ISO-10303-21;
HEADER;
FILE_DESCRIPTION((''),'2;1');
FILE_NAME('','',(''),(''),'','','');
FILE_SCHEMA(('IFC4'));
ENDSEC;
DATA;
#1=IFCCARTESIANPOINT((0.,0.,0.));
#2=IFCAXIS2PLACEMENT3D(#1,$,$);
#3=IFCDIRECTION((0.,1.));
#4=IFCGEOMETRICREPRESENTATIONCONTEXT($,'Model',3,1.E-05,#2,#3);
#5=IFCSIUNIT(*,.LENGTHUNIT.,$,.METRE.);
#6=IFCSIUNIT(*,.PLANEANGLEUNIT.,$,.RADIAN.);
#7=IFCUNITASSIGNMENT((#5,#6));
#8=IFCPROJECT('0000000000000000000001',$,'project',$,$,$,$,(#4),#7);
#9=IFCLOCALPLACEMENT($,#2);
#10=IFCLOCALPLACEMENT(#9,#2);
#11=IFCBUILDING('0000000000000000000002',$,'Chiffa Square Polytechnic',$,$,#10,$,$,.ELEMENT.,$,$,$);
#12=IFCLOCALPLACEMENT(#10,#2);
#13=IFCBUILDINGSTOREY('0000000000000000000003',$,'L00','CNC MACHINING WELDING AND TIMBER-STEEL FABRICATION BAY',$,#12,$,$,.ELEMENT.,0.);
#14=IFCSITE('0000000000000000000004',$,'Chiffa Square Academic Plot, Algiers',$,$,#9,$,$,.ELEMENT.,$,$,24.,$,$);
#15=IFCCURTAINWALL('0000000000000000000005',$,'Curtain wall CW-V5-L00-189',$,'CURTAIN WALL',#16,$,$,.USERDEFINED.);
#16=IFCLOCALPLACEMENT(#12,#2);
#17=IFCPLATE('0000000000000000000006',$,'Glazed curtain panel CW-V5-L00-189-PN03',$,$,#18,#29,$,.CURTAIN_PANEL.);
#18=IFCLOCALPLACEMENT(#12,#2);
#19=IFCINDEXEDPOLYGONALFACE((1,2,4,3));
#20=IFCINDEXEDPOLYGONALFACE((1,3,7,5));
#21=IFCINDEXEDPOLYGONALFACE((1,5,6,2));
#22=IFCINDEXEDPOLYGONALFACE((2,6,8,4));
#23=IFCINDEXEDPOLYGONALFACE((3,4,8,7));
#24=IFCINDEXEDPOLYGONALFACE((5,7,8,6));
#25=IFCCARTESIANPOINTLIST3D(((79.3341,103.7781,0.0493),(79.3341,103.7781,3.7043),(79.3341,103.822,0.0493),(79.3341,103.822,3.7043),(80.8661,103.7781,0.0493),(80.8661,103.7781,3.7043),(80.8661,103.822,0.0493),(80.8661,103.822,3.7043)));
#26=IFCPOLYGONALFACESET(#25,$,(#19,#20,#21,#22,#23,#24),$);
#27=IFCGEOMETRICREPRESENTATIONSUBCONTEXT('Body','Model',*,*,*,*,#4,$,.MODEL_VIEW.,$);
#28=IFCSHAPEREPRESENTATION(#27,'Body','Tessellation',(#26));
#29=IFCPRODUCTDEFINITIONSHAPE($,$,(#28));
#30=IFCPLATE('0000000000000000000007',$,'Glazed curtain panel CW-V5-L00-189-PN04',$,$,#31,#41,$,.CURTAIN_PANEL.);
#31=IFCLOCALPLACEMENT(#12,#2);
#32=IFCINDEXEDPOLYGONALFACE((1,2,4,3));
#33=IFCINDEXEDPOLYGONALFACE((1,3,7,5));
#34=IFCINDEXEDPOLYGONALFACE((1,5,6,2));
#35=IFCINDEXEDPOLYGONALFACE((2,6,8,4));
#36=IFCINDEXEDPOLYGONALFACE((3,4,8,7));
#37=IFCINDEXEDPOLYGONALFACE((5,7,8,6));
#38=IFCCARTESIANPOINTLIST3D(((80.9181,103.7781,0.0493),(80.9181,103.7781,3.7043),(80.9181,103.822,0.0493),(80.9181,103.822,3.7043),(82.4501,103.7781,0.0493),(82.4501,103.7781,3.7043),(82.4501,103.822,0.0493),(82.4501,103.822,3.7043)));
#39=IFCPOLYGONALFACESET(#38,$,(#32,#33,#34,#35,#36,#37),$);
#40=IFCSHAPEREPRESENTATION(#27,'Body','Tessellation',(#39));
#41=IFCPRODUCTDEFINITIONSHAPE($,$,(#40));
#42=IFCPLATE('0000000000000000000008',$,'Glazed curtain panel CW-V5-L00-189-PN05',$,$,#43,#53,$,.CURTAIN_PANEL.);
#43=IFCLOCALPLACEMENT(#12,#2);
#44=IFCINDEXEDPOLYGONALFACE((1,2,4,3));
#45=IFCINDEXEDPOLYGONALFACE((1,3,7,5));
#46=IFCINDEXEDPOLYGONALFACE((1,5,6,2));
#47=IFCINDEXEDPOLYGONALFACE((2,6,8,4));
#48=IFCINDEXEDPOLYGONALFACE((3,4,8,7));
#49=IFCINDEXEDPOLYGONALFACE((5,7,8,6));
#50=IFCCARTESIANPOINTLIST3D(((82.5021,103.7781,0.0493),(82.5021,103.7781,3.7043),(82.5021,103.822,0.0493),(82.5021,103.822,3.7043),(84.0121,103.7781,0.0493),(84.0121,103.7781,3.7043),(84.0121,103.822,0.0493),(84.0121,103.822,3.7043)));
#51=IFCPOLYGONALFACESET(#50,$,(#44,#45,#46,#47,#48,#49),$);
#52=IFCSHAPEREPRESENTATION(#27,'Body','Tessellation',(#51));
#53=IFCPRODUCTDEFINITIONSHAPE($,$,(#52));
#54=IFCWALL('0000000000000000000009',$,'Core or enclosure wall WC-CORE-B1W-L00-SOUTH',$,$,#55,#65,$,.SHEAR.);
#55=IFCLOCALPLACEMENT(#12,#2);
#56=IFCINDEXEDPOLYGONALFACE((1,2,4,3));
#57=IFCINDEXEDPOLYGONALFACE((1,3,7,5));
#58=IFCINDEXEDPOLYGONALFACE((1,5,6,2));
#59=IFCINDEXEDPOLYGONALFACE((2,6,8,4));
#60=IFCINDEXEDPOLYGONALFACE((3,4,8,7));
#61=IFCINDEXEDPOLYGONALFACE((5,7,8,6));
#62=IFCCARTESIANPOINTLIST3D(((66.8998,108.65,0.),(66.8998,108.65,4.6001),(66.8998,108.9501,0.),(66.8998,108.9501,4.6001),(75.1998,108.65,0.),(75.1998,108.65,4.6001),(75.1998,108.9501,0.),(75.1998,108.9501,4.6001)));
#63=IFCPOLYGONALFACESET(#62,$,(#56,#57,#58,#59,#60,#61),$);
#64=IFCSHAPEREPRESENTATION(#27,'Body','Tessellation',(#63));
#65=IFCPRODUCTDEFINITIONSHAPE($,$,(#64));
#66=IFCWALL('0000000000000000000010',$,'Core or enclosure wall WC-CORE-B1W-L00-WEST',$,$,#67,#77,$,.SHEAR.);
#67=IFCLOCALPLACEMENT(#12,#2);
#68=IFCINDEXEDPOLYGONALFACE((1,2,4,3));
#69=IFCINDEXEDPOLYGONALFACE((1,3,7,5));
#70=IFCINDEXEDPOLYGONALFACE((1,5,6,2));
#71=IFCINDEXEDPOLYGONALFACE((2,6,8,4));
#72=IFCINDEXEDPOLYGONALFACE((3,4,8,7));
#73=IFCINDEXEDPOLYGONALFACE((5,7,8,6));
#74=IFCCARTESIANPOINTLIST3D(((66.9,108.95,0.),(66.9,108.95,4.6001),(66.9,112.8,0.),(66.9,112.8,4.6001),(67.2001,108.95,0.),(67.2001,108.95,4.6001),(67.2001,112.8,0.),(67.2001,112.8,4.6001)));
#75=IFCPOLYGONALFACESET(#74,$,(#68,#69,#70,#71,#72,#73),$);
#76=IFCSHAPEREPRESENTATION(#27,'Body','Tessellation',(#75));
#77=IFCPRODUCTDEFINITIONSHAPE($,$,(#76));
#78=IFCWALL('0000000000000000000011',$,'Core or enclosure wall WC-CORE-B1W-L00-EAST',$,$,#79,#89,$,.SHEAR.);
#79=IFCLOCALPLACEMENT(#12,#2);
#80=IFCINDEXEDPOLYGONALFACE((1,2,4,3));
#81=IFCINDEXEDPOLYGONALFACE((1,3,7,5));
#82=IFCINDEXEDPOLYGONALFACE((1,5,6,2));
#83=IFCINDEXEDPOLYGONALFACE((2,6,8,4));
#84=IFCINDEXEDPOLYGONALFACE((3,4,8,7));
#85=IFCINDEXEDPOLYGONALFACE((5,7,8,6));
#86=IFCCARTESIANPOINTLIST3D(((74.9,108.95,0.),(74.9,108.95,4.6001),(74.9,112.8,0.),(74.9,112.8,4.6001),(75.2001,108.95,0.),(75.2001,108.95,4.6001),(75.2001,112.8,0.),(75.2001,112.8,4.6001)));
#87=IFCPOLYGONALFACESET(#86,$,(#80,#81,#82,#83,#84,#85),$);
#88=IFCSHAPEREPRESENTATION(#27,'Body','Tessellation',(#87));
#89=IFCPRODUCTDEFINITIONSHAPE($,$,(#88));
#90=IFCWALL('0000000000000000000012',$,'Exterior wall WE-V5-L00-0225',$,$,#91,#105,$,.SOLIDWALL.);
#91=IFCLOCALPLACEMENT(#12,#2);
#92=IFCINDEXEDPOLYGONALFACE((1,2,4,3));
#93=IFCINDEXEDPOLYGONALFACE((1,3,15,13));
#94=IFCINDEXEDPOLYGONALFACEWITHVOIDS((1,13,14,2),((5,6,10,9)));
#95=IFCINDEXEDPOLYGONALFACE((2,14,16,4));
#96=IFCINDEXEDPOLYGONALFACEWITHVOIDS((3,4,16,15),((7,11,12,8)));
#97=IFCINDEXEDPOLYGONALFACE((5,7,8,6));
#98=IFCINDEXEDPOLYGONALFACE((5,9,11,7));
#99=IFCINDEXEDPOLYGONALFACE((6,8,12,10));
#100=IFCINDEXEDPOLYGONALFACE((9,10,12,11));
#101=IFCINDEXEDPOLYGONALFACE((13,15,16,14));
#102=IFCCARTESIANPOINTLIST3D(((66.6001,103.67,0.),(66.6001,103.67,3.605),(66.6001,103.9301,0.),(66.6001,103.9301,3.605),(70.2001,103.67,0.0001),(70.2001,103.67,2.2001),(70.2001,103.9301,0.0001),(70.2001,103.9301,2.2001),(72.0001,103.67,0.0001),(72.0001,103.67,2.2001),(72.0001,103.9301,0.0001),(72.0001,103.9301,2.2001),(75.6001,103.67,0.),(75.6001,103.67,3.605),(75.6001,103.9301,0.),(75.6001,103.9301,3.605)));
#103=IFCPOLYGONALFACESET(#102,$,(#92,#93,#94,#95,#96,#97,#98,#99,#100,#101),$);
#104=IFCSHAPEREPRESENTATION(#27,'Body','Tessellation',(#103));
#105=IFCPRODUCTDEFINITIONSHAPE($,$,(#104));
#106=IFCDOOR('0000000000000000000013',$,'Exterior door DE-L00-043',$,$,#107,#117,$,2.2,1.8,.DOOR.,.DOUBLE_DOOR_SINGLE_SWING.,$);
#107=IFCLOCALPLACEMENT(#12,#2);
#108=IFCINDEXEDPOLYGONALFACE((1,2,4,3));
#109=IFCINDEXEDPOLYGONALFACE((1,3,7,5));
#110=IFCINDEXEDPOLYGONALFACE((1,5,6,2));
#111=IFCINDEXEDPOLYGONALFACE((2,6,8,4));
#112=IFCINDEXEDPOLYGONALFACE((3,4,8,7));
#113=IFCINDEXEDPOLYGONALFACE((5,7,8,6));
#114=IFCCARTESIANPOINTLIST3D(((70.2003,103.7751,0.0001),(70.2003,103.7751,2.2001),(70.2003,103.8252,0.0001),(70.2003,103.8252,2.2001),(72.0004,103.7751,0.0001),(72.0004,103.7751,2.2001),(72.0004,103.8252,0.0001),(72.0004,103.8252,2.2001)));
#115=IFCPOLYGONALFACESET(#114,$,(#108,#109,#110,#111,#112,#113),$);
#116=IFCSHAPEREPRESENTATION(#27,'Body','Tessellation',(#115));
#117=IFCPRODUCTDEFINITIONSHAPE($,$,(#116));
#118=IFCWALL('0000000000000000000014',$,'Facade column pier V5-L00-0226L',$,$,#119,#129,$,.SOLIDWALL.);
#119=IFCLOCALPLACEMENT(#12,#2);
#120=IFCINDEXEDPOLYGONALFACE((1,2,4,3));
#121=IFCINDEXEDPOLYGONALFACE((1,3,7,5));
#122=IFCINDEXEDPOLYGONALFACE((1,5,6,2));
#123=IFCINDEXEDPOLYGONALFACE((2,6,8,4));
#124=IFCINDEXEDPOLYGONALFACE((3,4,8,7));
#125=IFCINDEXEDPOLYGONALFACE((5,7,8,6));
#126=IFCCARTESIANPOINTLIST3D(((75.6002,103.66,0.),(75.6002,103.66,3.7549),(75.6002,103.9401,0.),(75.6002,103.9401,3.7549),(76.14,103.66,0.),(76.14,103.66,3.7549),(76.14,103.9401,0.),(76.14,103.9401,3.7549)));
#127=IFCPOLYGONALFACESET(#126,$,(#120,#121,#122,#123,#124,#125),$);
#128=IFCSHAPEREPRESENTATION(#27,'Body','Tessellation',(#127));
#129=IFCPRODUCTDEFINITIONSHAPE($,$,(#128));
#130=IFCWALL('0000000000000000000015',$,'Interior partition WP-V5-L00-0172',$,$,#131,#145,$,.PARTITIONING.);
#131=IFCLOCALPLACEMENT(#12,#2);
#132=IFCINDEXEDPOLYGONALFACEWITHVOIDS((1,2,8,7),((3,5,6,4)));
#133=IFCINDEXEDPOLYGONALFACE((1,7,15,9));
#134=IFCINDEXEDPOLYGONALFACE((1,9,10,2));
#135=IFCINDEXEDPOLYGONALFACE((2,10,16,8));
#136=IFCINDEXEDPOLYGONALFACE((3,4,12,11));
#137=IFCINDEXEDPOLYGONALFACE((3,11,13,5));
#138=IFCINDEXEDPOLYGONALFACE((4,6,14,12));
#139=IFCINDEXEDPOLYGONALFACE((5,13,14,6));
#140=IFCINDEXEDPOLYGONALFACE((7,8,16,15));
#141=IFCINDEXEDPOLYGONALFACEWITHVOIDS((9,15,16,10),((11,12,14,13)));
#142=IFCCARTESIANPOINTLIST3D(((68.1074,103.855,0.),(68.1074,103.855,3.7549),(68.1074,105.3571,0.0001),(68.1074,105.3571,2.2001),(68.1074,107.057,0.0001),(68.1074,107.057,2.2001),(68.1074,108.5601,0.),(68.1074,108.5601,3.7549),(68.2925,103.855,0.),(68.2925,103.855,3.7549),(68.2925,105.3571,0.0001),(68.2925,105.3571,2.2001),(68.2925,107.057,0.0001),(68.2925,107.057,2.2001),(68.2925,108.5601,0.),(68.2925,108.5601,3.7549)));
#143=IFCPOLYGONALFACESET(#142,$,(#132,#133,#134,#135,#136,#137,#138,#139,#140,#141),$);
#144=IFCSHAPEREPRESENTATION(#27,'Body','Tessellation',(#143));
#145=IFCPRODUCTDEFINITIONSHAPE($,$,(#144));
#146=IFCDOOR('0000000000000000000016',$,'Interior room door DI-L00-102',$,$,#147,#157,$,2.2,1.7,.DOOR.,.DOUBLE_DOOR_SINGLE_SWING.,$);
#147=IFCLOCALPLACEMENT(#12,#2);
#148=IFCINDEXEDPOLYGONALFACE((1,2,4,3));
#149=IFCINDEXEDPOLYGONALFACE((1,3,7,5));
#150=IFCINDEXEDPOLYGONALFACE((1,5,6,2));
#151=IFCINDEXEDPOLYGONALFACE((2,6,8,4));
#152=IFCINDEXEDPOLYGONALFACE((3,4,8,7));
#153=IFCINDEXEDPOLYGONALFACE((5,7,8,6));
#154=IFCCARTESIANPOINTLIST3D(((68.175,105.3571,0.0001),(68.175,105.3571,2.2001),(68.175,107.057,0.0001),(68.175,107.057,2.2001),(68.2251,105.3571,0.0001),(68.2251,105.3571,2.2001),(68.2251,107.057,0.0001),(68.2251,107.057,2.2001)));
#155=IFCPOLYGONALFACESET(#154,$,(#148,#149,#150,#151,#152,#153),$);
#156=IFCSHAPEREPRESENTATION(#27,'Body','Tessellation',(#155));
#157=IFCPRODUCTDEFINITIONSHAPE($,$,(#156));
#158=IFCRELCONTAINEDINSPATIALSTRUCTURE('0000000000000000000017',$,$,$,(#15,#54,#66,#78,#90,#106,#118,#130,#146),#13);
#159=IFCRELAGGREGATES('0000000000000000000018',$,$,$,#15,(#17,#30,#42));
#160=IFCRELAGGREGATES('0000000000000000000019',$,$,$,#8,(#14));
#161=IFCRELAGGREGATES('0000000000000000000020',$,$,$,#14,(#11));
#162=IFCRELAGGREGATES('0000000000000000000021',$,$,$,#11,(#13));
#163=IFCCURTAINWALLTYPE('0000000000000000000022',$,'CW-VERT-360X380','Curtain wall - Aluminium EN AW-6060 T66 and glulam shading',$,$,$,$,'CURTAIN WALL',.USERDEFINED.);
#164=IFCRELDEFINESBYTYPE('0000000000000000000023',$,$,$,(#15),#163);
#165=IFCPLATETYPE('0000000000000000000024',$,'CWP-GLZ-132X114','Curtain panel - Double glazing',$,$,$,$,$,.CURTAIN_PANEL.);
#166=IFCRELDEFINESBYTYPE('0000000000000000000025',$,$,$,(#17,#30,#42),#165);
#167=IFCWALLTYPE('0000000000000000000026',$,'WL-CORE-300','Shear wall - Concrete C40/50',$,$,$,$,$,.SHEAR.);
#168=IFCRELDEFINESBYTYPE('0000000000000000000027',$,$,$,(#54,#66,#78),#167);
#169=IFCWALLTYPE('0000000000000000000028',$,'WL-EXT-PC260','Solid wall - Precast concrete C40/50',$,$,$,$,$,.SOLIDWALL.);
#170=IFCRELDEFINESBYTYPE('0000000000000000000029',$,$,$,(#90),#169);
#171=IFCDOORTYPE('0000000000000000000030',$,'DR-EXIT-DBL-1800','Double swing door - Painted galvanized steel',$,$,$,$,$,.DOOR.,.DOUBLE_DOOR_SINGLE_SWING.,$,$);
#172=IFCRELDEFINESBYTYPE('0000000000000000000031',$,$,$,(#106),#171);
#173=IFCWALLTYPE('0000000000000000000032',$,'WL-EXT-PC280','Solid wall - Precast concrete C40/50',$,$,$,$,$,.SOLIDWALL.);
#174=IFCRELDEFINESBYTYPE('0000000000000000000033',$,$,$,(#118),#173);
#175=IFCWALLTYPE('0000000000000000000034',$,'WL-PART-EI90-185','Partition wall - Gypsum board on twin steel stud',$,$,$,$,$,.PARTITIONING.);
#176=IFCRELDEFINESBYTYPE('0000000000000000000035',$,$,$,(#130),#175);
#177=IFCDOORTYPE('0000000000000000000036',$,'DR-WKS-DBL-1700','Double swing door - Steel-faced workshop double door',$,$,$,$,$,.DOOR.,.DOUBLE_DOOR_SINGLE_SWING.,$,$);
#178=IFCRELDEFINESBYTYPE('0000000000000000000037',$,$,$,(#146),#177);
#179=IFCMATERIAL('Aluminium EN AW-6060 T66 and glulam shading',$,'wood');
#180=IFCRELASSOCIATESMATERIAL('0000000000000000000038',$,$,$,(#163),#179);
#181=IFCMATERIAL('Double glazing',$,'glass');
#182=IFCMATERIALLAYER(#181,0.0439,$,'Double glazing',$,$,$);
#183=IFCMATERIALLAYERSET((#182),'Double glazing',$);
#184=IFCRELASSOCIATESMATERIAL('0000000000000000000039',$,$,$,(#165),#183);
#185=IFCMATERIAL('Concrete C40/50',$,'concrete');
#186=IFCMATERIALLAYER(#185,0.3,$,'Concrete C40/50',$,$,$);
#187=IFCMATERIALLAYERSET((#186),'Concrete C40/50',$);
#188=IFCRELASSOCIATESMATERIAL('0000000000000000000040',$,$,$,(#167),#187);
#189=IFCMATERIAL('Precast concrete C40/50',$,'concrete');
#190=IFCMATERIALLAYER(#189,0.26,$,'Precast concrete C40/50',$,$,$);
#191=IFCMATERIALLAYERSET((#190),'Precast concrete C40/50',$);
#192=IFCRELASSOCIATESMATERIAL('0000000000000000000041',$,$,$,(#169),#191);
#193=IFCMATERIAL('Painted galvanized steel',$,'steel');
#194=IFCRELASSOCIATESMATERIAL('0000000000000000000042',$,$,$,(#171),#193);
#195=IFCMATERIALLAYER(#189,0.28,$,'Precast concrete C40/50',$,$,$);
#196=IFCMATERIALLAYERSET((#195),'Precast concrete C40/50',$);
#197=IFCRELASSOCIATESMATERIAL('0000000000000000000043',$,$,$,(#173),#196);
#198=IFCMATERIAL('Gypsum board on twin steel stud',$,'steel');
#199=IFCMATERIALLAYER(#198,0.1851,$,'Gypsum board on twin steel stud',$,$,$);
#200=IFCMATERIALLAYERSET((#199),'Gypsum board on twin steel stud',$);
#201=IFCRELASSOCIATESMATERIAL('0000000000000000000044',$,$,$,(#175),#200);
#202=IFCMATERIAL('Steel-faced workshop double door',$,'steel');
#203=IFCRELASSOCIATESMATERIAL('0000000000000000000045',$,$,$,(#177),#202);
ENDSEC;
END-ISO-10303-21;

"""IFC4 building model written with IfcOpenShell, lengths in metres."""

from ifc_helpers import new_model, si_unit, direction, frame, frame_2d, origin, origin_2d, place, context, subcontext, project, spatial, rectangle, extrude, material, layer, layer_set, type_object, element, fill, aggregate, save


model = new_model("IFC4")

# Units and contexts
model_context = context("Model", 3, precision=1e-05, world=origin(), true_north=direction((0.0, 1.0)))
body_context = subcontext(model_context, "Body", "Model", "MODEL_VIEW")
ifc_project = project(units=[si_unit("LENGTHUNIT", "METRE"), si_unit("PLANEANGLEUNIT", "RADIAN")], contexts=[model_context])

# Site, building, storey
site_placement = place(None, origin())
site = spatial("IfcSite", under=ifc_project, at=site_placement, Name="Chiffa Square Academic Plot, Algiers", CompositionType="ELEMENT", RefElevation=24.0)
building_placement = place(site_placement, origin())
building = spatial("IfcBuilding", under=site, at=building_placement, Name="Chiffa Square Polytechnic", CompositionType="ELEMENT")
storey_placement = place(building_placement, origin())
storey = spatial("IfcBuildingStorey", under=building, at=storey_placement, Name="L00", Description="CNC MACHINING WELDING AND TIMBER-STEEL FABRICATION BAY", CompositionType="ELEMENT", Elevation=0.0)

# Shared definitions
ifc_material_1 = material(Name="Concrete C40/50", Category="concrete")

# Curtain wall
ifc_material_2 = material(Name="Aluminium EN AW-6060 T66 and glulam shading", Category="wood")
curtain_wall_type = type_object("IfcCurtainWallType", Name="CW-VERT-360X380", Description="Curtain wall - Aluminium EN AW-6060 T66 and glulam shading", ElementType="CURTAIN WALL", PredefinedType="USERDEFINED", material=ifc_material_2)
curtain_wall_placement = place(storey_placement, origin())
curtain_wall = element("IfcCurtainWall", 1, at=curtain_wall_placement, inside=storey, type_object=curtain_wall_type, Name="Curtain wall CW-V5-L00-189", ObjectType="CURTAIN WALL", PredefinedType="USERDEFINED")

# Plates
ifc_material_3 = material(Name="Double glazing", Category="glass")
ifc_layer_1 = layer(ifc_material_3, 0.0439, Name="Double glazing")
ifc_layer_set_1 = layer_set([ifc_layer_1], Name="Double glazing")
plate_type = type_object("IfcPlateType", Name="CWP-GLZ-132X114", Description="Curtain panel - Double glazing", PredefinedType="CURTAIN_PANEL", material=ifc_layer_set_1)
plate_1_placement = place(storey_placement, frame((80.1001, 103.8, 0.0493), z_axis=(0.0, 0.0, 1.0), x_axis=(1.0, 0.0, 0.0)))
plate_1 = element("IfcPlate", 2, at=plate_1_placement, type_object=plate_type, Name="Glazed curtain panel CW-V5-L00-189-PN03", PredefinedType="CURTAIN_PANEL", context=body_context, shape_type="SweptSolid", body=[
    extrude(rectangle(XDim=1.532, YDim=0.0439, at=origin_2d()), origin(), (0.0, 0.0, 1.0), 3.655),
])
plate_2_placement = place(storey_placement, frame((81.6841, 103.8, 0.0493), z_axis=(0.0, 0.0, 1.0), x_axis=(1.0, 0.0, 0.0)))
plate_2 = element("IfcPlate", 3, at=plate_2_placement, type_object=plate_type, Name="Glazed curtain panel CW-V5-L00-189-PN04", PredefinedType="CURTAIN_PANEL", context=body_context, shape_type="SweptSolid", body=[
    extrude(rectangle(XDim=1.532, YDim=0.0439, at=origin_2d()), origin(), (0.0, 0.0, 1.0), 3.655),
])
plate_3_placement = place(storey_placement, frame((83.2571, 103.8, 0.0493), z_axis=(0.0, 0.0, 1.0), x_axis=(1.0, 0.0, 0.0)))
plate_3 = element("IfcPlate", 4, at=plate_3_placement, type_object=plate_type, Name="Glazed curtain panel CW-V5-L00-189-PN05", PredefinedType="CURTAIN_PANEL", context=body_context, shape_type="SweptSolid", body=[
    extrude(rectangle(XDim=1.51, YDim=0.0439, at=origin_2d()), origin(), (0.0, 0.0, 1.0), 3.655),
])
aggregate(curtain_wall, [plate_1, plate_2, plate_3])

# Walls
ifc_layer_2 = layer(ifc_material_1, 0.3, Name="Concrete C40/50")
ifc_layer_set_2 = layer_set([ifc_layer_2], Name="Concrete C40/50")
wall_type_1 = type_object("IfcWallType", Name="WL-CORE-300", Description="Shear wall - Concrete C40/50", PredefinedType="SHEAR", material=ifc_layer_set_2)
wall_1_placement = place(storey_placement, frame((66.8999, 108.8, 0.0), z_axis=(0.0, 0.0, 1.0), x_axis=(1.0, 0.0, 0.0)))
element("IfcWall", 5, at=wall_1_placement, inside=storey, type_object=wall_type_1, Name="Core or enclosure wall WC-CORE-B1W-L00-SOUTH", PredefinedType="SHEAR", context=body_context, shape_type="SweptSolid", body=[
    extrude(rectangle(XDim=8.3, YDim=0.3, at=frame_2d((4.1499, 0.0))), origin(), (0.0, 0.0, 1.0), 4.6001),
])
for number, where, z_axis, x_axis, name in (
    (6, (67.05, 108.95, 0.0), (0.0, 0.0, 1.0), (0.0, 1.0, 0.0), "Core or enclosure wall WC-CORE-B1W-L00-WEST"),
    (7, (75.05, 108.95, 0.0), (0.0, 0.0, 1.0), (0.0, 1.0, 0.0), "Core or enclosure wall WC-CORE-B1W-L00-EAST"),
):
    element("IfcWall", number, at=place(storey_placement, frame(where, z_axis=z_axis, x_axis=x_axis)), inside=storey, type_object=wall_type_1, Name=name, PredefinedType="SHEAR", context=body_context, shape_type="SweptSolid", body=[
        extrude(rectangle(XDim=3.8501, YDim=0.3, at=frame_2d((1.925, 0.0))), origin(), (0.0, 0.0, 1.0), 4.6001),
    ])

# Wall, opening, door
ifc_material_4 = material(Name="Precast concrete C40/50", Category="concrete")
ifc_layer_3 = layer(ifc_material_4, 0.26, Name="Precast concrete C40/50")
ifc_layer_set_3 = layer_set([ifc_layer_3], Name="Precast concrete C40/50")
wall_type_2 = type_object("IfcWallType", Name="WL-EXT-PC260", Description="Solid wall - Precast concrete C40/50", PredefinedType="SOLIDWALL", material=ifc_layer_set_3)
wall_2_placement = place(storey_placement, frame((66.6001, 103.8, 0.0), z_axis=(0.0, 0.0, 1.0), x_axis=(1.0, 0.0, 0.0)))
wall_2 = element("IfcWall", 8, at=wall_2_placement, inside=storey, type_object=wall_type_2, Name="Exterior wall WE-V5-L00-0225", PredefinedType="SOLIDWALL", context=body_context, shape_type="SweptSolid", body=[
    extrude(rectangle(XDim=9.0, YDim=0.26, at=frame_2d((4.5, 0.0))), origin(), (0.0, 0.0, 1.0), 3.605),
])
opening_1_placement = place(wall_2_placement, frame((3.6001, 0.0, 0.0)))
opening_1 = element("IfcOpeningElement", 9, at=opening_1_placement, cuts=wall_2, PredefinedType="OPENING", context=body_context, shape_type="SweptSolid", body=[
    extrude(rectangle(XDim=1.8, YDim=2.2, at=frame_2d((0.8999, 1.1001))), frame((0.0, 0.1401, 0.0), z_axis=(0.0, -1.0, 0.0), x_axis=(1.0, 0.0, 0.0)), (0.0, 0.0, 1.0), 0.28),
])
ifc_material_5 = material(Name="Painted galvanized steel", Category="steel")
door_type_1 = type_object("IfcDoorType", Name="DR-EXIT-DBL-1800", Description="Double swing door - Painted galvanized steel", OperationType="DOUBLE_DOOR_SINGLE_SWING", PredefinedType="DOOR", material=ifc_material_5)
door_1_placement = place(opening_1_placement, frame((1.8, 0.0, 0.0), z_axis=(0.0, 0.0, 1.0), x_axis=(-1.0, 0.0, 0.0)))
door_1 = element("IfcDoor", 10, at=door_1_placement, inside=storey, type_object=door_type_1, Name="Exterior door DE-L00-043", OperationType="DOUBLE_DOOR_SINGLE_SWING", OverallHeight=2.2, OverallWidth=1.8, PredefinedType="DOOR", context=body_context, shape_type="SweptSolid", body=[
    extrude(rectangle(XDim=1.8, YDim=2.2, at=frame_2d((0.8999, 1.1001))), frame((0.0, 0.0249, 0.0), z_axis=(0.0, -1.0, 0.0), x_axis=(1.0, 0.0, 0.0)), (0.0, 0.0, 1.0), 0.05),
])
fill(opening_1, door_1)

# Wall
ifc_layer_4 = layer(ifc_material_4, 0.28, Name="Precast concrete C40/50")
ifc_layer_set_4 = layer_set([ifc_layer_4], Name="Precast concrete C40/50")
wall_type_3 = type_object("IfcWallType", Name="WL-EXT-PC280", Description="Solid wall - Precast concrete C40/50", PredefinedType="SOLIDWALL", material=ifc_layer_set_4)
wall_3_placement = place(storey_placement, frame((75.6001, 103.8, 0.0), z_axis=(0.0, 0.0, 1.0), x_axis=(1.0, 0.0, 0.0)))
element("IfcWall", 11, at=wall_3_placement, inside=storey, type_object=wall_type_3, Name="Facade column pier V5-L00-0226L", PredefinedType="SOLIDWALL", context=body_context, shape_type="SweptSolid", body=[
    extrude(rectangle(XDim=0.5398, YDim=0.28, at=frame_2d((0.27, 0.0))), origin(), (0.0, 0.0, 1.0), 3.7549),
])

# Wall, opening, door
ifc_material_6 = material(Name="Gypsum board on twin steel stud", Category="steel")
ifc_layer_5 = layer(ifc_material_6, 0.1851, Name="Gypsum board on twin steel stud")
ifc_layer_set_5 = layer_set([ifc_layer_5], Name="Gypsum board on twin steel stud")
wall_type_4 = type_object("IfcWallType", Name="WL-PART-EI90-185", Description="Partition wall - Gypsum board on twin steel stud", PredefinedType="PARTITIONING", material=ifc_layer_set_5)
wall_4_placement = place(storey_placement, frame((68.2, 103.855, 0.0), z_axis=(0.0, 0.0, 1.0), x_axis=(0.0, 1.0, 0.0)))
wall_4 = element("IfcWall", 12, at=wall_4_placement, inside=storey, type_object=wall_type_4, Name="Interior partition WP-V5-L00-0172", PredefinedType="PARTITIONING", context=body_context, shape_type="SweptSolid", body=[
    extrude(rectangle(XDim=4.7051, YDim=0.1851, at=frame_2d((2.3525, 0.0))), origin(), (0.0, 0.0, 1.0), 3.7549),
])
opening_2_placement = place(wall_4_placement, frame((1.502, 0.0, 0.0)))
opening_2 = element("IfcOpeningElement", 13, at=opening_2_placement, cuts=wall_4, PredefinedType="OPENING", context=body_context, shape_type="SweptSolid", body=[
    extrude(rectangle(XDim=1.7, YDim=2.2, at=frame_2d((0.8501, 1.1001))), frame((0.0, 0.1025, 0.0), z_axis=(0.0, -1.0, 0.0), x_axis=(1.0, 0.0, 0.0)), (0.0, 0.0, 1.0), 0.2051),
])
ifc_material_7 = material(Name="Steel-faced workshop double door", Category="steel")
door_type_2 = type_object("IfcDoorType", Name="DR-WKS-DBL-1700", Description="Double swing door - Steel-faced workshop double door", OperationType="DOUBLE_DOOR_SINGLE_SWING", PredefinedType="DOOR", material=ifc_material_7)
door_2_placement = place(opening_2_placement, origin())
door_2 = element("IfcDoor", 14, at=door_2_placement, inside=storey, type_object=door_type_2, Name="Interior room door DI-L00-102", OperationType="DOUBLE_DOOR_SINGLE_SWING", OverallHeight=2.2, OverallWidth=1.7, PredefinedType="DOOR", context=body_context, shape_type="SweptSolid", body=[
    extrude(rectangle(XDim=1.7, YDim=2.2, at=frame_2d((0.8501, 1.1001))), frame((0.0, 0.0249, 0.0), z_axis=(0.0, -1.0, 0.0), x_axis=(1.0, 0.0, 0.0)), (0.0, 0.0, 1.0), 0.05),
])
fill(opening_2, door_2)

save(model, "model.ifc")
